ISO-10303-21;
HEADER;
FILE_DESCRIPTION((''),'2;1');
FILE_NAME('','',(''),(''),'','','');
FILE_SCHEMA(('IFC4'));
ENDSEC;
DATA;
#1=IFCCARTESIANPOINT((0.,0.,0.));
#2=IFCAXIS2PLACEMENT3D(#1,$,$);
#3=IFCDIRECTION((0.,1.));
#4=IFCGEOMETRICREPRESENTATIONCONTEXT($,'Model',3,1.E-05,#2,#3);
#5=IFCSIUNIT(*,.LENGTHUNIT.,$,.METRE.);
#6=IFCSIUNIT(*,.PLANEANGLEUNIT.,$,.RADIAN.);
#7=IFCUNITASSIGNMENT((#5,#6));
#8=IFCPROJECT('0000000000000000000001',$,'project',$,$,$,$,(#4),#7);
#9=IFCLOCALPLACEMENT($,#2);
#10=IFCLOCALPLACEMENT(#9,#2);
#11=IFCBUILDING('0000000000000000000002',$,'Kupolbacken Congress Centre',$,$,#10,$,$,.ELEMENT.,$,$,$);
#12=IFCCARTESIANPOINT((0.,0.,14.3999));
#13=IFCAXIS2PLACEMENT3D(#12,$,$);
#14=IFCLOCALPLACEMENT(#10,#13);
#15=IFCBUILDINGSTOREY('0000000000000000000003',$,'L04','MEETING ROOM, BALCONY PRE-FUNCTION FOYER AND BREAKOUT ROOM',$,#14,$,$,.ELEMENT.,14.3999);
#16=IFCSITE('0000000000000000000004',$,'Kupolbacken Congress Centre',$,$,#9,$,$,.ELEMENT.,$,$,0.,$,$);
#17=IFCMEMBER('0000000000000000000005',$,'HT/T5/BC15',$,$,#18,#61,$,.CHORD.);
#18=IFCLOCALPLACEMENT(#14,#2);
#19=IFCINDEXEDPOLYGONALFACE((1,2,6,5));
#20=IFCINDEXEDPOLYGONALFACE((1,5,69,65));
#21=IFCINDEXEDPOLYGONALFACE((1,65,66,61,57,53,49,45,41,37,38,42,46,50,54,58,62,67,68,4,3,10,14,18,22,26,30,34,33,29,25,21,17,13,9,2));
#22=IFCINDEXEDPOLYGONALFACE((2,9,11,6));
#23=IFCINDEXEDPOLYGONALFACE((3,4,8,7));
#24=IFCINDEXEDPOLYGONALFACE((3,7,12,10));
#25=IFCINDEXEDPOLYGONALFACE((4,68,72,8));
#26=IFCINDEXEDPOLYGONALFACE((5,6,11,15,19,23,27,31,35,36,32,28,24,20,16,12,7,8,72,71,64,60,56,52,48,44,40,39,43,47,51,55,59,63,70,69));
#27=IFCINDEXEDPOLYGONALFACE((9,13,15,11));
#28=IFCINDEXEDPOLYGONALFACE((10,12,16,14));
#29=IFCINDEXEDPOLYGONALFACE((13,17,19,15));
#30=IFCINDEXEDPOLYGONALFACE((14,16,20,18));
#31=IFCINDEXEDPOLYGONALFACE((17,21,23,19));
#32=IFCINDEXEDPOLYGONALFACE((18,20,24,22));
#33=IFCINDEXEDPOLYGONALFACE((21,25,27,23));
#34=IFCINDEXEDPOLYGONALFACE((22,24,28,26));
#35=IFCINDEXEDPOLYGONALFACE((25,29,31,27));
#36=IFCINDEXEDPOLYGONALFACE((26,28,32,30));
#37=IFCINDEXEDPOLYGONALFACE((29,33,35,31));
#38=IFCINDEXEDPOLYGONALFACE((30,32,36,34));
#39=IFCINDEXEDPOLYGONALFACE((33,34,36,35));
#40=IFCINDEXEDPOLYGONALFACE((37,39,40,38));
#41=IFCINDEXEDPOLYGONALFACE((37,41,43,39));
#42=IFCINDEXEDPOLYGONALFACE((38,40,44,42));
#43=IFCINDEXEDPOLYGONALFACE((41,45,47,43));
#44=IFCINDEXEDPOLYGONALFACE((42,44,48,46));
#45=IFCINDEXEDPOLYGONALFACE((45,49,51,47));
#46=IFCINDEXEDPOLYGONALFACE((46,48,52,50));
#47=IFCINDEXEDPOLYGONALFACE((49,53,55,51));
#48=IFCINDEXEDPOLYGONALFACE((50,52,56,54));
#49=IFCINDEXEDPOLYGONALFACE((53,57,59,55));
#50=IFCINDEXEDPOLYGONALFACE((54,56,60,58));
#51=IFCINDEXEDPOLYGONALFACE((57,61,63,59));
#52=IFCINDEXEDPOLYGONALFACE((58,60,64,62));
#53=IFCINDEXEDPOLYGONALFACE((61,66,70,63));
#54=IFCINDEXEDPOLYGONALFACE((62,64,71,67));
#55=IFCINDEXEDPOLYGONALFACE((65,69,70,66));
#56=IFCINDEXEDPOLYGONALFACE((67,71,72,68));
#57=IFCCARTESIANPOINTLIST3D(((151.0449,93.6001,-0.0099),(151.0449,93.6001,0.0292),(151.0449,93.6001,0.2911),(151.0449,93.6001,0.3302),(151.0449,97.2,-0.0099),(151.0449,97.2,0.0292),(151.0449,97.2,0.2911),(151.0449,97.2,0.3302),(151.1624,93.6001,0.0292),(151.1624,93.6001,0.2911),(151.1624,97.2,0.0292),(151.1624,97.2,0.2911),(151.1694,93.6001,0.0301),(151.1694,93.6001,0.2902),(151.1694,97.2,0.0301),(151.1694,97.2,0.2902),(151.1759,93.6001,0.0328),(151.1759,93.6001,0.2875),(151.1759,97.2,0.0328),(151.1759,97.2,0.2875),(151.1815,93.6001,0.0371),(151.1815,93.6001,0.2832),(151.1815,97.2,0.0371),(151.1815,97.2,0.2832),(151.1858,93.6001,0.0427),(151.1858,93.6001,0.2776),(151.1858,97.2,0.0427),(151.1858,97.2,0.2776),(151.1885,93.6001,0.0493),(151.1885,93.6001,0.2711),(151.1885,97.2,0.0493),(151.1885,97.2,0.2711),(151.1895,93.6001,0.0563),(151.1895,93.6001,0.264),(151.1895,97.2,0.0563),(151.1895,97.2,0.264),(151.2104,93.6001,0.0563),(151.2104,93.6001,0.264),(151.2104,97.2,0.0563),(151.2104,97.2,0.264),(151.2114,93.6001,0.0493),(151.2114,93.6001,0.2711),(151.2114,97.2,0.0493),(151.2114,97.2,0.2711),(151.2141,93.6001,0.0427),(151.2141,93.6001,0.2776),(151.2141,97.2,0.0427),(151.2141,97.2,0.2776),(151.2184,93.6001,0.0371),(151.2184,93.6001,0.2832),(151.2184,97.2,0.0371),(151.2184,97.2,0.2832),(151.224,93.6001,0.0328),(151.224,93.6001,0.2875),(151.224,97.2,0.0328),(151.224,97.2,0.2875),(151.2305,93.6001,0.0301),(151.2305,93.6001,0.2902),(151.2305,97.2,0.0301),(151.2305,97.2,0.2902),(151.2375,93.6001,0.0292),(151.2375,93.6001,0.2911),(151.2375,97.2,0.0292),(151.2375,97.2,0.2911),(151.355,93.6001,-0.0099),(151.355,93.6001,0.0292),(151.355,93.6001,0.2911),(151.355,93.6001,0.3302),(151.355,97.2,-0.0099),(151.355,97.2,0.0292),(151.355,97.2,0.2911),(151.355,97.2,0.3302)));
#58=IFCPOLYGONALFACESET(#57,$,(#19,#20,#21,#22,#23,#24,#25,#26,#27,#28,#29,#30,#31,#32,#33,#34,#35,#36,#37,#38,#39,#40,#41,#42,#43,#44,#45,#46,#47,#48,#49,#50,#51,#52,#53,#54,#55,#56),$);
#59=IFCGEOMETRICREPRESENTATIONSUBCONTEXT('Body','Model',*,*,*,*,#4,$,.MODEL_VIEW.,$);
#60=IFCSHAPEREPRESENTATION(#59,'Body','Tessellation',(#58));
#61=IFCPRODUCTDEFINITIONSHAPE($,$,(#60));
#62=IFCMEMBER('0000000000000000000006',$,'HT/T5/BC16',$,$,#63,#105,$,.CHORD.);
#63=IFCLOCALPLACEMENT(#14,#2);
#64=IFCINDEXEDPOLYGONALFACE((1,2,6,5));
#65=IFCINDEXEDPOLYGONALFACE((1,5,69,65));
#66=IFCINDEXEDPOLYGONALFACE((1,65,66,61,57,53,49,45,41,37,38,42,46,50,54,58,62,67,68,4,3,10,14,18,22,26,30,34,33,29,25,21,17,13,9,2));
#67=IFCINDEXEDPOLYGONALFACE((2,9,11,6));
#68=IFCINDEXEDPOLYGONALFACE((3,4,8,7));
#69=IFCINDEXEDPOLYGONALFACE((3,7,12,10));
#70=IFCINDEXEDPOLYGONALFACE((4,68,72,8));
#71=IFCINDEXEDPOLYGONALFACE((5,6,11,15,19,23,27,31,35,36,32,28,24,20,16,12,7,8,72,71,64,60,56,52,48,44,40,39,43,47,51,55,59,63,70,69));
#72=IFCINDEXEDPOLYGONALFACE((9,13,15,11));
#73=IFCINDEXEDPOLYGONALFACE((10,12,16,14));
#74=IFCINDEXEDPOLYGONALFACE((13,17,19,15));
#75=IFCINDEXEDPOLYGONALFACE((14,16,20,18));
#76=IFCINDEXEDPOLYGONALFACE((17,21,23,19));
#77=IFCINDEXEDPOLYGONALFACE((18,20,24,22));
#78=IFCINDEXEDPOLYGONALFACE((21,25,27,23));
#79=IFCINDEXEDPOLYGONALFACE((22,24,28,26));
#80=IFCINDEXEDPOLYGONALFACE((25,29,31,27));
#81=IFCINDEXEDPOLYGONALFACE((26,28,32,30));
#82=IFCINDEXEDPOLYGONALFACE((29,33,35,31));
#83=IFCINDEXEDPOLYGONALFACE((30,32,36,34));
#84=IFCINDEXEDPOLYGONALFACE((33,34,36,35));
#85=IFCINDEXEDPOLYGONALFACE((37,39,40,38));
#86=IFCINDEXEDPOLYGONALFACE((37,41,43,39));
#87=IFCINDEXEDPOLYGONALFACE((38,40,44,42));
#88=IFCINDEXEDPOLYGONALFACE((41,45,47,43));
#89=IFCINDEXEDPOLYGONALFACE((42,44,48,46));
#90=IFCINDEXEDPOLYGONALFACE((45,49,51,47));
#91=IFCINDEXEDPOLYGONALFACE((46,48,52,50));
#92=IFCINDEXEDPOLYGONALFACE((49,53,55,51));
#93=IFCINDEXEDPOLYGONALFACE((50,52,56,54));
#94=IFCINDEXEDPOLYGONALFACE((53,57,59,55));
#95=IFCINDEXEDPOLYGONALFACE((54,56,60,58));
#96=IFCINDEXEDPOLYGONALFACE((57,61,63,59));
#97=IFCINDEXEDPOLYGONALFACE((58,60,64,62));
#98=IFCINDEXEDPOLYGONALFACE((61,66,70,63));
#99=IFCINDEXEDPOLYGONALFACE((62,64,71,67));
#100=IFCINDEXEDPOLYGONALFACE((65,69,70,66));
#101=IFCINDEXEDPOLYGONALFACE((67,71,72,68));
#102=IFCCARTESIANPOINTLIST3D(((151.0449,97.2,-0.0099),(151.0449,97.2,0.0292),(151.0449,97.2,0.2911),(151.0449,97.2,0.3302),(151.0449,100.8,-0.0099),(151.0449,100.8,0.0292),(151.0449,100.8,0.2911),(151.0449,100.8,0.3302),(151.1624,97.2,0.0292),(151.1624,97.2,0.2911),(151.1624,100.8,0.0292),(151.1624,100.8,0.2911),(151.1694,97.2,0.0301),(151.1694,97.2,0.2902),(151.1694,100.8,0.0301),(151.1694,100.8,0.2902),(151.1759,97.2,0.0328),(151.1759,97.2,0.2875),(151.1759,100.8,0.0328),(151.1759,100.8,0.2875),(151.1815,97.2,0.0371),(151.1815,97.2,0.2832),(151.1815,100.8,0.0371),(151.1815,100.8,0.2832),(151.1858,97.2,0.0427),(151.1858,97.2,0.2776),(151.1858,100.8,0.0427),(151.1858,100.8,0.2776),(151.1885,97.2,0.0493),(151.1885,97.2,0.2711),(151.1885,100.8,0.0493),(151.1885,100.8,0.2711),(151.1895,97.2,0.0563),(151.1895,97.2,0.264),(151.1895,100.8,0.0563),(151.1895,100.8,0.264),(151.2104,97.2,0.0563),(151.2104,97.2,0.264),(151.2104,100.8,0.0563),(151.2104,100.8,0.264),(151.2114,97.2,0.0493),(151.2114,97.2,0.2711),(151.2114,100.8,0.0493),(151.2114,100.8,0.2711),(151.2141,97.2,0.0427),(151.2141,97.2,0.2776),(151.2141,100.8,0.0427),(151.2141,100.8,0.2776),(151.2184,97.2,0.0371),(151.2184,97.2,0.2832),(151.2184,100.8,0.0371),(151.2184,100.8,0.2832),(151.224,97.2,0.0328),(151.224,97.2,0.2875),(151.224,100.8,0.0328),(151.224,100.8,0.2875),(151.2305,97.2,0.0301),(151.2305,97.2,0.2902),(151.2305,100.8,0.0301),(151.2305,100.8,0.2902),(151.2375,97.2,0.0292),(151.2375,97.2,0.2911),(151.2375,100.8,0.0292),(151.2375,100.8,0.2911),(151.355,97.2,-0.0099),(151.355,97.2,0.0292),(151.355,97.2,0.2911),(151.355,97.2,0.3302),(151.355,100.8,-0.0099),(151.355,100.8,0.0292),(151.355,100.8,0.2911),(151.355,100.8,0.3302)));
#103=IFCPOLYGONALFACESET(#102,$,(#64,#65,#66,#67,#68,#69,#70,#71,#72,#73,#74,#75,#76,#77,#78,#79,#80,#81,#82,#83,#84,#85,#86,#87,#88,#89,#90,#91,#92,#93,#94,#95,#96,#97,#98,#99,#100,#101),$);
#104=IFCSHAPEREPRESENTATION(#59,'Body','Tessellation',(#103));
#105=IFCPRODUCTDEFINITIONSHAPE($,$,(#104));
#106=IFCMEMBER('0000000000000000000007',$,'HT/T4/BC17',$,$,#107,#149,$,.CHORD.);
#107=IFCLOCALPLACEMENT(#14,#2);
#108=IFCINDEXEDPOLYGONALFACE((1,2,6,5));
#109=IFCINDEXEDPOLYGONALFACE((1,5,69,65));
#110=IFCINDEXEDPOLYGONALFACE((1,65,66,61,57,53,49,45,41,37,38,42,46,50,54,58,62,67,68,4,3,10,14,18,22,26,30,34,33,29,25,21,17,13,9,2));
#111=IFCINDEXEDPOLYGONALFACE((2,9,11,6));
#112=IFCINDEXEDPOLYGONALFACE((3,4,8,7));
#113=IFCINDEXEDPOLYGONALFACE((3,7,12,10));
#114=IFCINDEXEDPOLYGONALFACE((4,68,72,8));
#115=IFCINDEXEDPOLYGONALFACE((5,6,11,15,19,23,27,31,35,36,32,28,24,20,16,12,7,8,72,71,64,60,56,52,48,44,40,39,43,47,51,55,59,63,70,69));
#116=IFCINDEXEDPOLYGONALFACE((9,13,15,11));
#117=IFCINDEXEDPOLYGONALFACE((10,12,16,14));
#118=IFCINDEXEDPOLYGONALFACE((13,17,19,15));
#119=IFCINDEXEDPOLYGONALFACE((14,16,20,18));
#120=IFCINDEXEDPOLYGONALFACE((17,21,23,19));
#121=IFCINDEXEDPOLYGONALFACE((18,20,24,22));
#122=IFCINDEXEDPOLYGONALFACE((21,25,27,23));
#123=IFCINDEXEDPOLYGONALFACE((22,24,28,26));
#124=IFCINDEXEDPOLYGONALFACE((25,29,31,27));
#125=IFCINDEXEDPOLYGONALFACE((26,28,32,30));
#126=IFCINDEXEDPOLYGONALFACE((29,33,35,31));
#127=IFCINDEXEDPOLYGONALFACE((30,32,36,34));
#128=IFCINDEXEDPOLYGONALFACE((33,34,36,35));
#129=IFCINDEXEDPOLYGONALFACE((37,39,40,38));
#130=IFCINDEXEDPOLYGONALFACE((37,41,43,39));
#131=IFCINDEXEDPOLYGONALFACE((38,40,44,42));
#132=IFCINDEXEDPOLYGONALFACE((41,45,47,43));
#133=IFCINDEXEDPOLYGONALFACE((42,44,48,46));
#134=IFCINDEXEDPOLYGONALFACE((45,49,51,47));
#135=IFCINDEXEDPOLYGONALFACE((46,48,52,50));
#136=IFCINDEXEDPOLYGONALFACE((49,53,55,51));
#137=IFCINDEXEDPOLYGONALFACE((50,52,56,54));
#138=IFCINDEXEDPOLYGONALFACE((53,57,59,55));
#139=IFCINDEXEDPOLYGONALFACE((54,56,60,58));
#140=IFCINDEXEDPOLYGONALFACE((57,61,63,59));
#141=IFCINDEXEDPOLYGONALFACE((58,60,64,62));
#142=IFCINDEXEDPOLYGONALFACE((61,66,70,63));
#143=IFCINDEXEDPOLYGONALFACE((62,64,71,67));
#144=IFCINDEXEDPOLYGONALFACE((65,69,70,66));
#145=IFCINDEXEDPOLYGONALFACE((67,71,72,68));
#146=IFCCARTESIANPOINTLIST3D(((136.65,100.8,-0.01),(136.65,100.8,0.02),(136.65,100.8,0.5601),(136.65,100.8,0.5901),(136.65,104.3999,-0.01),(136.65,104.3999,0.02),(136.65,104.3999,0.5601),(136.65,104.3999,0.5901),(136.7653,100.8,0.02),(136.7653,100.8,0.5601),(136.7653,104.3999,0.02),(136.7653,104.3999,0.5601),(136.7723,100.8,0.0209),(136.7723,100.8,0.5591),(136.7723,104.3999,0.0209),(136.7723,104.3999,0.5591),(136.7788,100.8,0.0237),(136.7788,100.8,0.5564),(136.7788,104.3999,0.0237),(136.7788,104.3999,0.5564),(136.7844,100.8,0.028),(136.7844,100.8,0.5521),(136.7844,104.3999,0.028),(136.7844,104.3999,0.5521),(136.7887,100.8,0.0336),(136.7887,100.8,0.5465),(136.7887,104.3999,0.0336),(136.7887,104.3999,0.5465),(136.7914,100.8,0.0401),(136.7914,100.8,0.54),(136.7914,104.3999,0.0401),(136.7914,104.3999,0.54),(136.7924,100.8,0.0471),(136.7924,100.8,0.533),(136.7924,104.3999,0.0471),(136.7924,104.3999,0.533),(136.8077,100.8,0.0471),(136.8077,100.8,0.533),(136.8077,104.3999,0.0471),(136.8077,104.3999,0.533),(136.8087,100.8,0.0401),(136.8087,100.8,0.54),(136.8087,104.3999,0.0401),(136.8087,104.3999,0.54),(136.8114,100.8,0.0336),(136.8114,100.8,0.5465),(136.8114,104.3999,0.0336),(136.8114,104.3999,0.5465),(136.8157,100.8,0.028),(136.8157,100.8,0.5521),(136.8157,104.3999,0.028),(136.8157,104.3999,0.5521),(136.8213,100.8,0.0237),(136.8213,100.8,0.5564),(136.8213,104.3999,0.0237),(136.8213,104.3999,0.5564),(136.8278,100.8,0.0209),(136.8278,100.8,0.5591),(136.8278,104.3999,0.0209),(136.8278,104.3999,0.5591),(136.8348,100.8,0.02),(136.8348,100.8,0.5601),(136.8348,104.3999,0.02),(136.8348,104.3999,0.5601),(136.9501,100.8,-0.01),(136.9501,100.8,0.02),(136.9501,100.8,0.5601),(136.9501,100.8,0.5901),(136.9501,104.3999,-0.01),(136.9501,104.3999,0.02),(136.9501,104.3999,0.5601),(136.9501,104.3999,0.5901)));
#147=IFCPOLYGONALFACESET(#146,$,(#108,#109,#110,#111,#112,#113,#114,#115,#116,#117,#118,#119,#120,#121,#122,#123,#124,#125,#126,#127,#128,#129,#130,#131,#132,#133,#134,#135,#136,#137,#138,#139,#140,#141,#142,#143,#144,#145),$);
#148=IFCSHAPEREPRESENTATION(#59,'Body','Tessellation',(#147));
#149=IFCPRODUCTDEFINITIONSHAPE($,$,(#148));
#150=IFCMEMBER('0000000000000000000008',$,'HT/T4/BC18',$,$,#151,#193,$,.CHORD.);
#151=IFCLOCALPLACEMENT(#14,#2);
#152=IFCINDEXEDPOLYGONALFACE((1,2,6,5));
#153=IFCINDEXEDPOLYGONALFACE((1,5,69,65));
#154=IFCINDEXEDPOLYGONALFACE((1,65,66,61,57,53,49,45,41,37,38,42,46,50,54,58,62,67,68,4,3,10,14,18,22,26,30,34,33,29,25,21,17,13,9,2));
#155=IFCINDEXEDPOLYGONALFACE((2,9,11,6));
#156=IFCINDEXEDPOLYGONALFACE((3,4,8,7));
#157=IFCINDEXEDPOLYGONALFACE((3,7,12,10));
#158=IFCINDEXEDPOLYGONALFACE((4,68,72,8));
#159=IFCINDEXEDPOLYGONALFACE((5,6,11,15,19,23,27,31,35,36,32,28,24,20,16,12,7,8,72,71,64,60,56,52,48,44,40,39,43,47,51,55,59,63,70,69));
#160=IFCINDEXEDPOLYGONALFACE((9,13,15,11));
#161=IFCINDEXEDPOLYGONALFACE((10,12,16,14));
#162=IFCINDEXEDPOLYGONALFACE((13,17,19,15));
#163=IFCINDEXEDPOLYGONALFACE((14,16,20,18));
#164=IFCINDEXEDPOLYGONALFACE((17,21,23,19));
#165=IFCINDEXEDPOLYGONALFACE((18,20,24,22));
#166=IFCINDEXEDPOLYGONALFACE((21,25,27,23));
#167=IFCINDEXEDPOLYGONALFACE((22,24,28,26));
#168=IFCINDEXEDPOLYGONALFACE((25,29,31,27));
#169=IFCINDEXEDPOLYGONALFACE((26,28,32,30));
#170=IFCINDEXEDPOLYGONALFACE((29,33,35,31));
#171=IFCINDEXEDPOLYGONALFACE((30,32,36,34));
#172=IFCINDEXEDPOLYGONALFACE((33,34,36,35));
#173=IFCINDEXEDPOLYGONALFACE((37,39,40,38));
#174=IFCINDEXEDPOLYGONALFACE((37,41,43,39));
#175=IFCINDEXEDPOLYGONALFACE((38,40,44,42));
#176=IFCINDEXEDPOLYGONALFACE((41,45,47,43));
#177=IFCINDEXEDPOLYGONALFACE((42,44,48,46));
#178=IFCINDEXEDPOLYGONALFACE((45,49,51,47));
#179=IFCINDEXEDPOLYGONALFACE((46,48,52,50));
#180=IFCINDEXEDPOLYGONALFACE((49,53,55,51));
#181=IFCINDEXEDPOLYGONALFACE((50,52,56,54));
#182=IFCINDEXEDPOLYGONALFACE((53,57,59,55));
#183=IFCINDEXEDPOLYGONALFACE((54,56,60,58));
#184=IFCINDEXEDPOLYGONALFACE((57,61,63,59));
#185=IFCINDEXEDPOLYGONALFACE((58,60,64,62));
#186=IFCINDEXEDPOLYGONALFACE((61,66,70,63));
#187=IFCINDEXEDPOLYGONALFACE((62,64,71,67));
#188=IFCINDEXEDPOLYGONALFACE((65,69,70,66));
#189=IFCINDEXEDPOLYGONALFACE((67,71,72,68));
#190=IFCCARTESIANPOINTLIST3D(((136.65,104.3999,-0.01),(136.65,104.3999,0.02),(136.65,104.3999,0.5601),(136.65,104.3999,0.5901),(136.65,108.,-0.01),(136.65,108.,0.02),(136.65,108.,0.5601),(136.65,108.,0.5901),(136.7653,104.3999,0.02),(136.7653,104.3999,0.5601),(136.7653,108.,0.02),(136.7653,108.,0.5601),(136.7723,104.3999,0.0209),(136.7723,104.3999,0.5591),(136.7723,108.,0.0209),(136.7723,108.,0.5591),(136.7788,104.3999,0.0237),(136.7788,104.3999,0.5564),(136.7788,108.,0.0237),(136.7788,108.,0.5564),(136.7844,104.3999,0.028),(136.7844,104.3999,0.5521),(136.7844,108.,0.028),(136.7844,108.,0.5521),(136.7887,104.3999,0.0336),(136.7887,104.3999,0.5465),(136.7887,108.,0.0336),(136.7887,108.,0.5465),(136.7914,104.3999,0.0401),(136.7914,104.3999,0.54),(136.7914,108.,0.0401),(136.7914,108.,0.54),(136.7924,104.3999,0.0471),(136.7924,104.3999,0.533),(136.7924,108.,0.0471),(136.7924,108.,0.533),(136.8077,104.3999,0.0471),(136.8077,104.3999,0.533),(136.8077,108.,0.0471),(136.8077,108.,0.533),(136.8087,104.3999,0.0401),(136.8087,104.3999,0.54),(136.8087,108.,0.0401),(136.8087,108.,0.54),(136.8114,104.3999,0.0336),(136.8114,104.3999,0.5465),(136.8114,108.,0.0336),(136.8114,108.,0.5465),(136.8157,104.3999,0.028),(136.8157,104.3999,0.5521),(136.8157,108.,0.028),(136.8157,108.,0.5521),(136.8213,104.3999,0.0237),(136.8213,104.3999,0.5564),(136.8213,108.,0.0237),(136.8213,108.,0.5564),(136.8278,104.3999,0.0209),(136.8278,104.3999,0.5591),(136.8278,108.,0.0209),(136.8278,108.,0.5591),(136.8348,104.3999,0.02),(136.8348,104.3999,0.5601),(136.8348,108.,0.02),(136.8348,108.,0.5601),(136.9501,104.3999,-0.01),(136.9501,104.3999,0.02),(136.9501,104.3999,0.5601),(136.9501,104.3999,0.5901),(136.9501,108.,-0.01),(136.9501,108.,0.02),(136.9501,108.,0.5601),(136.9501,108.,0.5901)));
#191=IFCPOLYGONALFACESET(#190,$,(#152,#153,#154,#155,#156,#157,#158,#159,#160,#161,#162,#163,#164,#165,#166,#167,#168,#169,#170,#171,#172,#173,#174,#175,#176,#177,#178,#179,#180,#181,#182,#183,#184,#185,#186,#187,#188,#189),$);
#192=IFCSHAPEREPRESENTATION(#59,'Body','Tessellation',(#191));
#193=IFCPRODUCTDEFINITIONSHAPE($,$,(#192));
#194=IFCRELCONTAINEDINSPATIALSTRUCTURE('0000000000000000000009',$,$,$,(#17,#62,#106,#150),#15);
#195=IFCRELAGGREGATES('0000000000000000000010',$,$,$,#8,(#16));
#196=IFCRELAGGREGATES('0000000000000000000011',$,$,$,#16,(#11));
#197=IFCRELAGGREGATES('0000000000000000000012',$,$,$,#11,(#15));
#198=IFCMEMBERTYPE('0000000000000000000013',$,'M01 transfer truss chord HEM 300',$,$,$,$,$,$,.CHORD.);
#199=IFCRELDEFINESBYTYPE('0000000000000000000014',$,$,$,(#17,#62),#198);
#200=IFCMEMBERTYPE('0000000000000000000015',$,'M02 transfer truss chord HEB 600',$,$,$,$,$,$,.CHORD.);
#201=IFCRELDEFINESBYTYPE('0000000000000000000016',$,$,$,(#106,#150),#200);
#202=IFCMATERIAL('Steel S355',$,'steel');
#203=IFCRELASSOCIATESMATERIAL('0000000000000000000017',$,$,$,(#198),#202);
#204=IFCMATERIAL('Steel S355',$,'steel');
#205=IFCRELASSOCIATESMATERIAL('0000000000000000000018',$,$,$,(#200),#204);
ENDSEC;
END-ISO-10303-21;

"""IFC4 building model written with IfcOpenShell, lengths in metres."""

from ifc_helpers import new_model, si_unit, direction, frame, origin, origin_2d, place, context, subcontext, project, spatial, i_section, extrude, material, material_profile, profile_set, type_object, element, save


model = new_model("IFC4")

# Units and contexts
model_context = context("Model", 3, precision=1e-05, world=origin(), true_north=direction((0.0, 1.0)))
body_context = subcontext(model_context, "Body", "Model", "MODEL_VIEW")
ifc_project = project(units=[si_unit("LENGTHUNIT", "METRE"), si_unit("PLANEANGLEUNIT", "RADIAN")], contexts=[model_context])

# Site, building, storey
site_placement = place(None, origin())
site = spatial("IfcSite", under=ifc_project, at=site_placement, Name="Kupolbacken Congress Centre", CompositionType="ELEMENT", RefElevation=0.0)
building_placement = place(site_placement, origin())
building = spatial("IfcBuilding", under=site, at=building_placement, Name="Kupolbacken Congress Centre", CompositionType="ELEMENT")
storey_placement = place(building_placement, frame((0.0, 0.0, 14.3999)))
storey = spatial("IfcBuildingStorey", under=building, at=storey_placement, Name="L04", Description="MEETING ROOM, BALCONY PRE-FUNCTION FOYER AND BREAKOUT ROOM", CompositionType="ELEMENT", Elevation=14.3999)

# Members
ifc_material_1 = material(Name="Steel S355", Category="steel")
ifc_material_profile_1 = material_profile(ifc_material_1, i_section(OverallWidth=0.3101, OverallDepth=0.3401, WebThickness=0.021, FlangeThickness=0.0391, FilletRadius=0.0271, at=origin_2d()), Name="HEM 300")
ifc_profile_set_1 = profile_set([ifc_material_profile_1], Name="Steel S355")
member_type_1 = type_object("IfcMemberType", Name="M01 transfer truss chord HEM 300", PredefinedType="CHORD", material=ifc_profile_set_1)
member_1_placement = place(storey_placement, frame((151.2, 93.6001, 0.1602), z_axis=(0.0, 1.0, 0.0), x_axis=(-1.0, 0.0, 0.0)))
element("IfcMember", 1, at=member_1_placement, inside=storey, type_object=member_type_1, Name="HT/T5/BC15", PredefinedType="CHORD", context=body_context, shape_type="SweptSolid", body=[
    extrude(i_section(OverallWidth=0.3101, OverallDepth=0.3401, WebThickness=0.021, FlangeThickness=0.0391, FilletRadius=0.0271, at=origin_2d()), origin(), (0.0, 0.0, 1.0), 3.5999),
])
member_2_placement = place(storey_placement, frame((151.2, 97.2, 0.1602), z_axis=(0.0, 1.0, 0.0), x_axis=(-1.0, 0.0, 0.0)))
element("IfcMember", 2, at=member_2_placement, inside=storey, type_object=member_type_1, Name="HT/T5/BC16", PredefinedType="CHORD", context=body_context, shape_type="SweptSolid", body=[
    extrude(i_section(OverallWidth=0.3101, OverallDepth=0.3401, WebThickness=0.021, FlangeThickness=0.0391, FilletRadius=0.0271, at=origin_2d()), origin(), (0.0, 0.0, 1.0), 3.6001),
])
ifc_material_2 = material(Name="Steel S355", Category="steel")
ifc_material_profile_2 = material_profile(ifc_material_2, i_section(OverallWidth=0.3, OverallDepth=0.6001, WebThickness=0.0154, FlangeThickness=0.03, FilletRadius=0.0271, at=origin_2d()), Name="HEB 600")
ifc_profile_set_2 = profile_set([ifc_material_profile_2], Name="Steel S355")
member_type_2 = type_object("IfcMemberType", Name="M02 transfer truss chord HEB 600", PredefinedType="CHORD", material=ifc_profile_set_2)
member_3_placement = place(storey_placement, frame((136.8, 100.8, 0.29), z_axis=(0.0, 1.0, 0.0), x_axis=(-1.0, 0.0, 0.0)))
element("IfcMember", 3, at=member_3_placement, inside=storey, type_object=member_type_2, Name="HT/T4/BC17", PredefinedType="CHORD", context=body_context, shape_type="SweptSolid", body=[
    extrude(i_section(OverallWidth=0.3, OverallDepth=0.6001, WebThickness=0.0154, FlangeThickness=0.03, FilletRadius=0.0271, at=origin_2d()), origin(), (0.0, 0.0, 1.0), 3.5999),
])
member_4_placement = place(storey_placement, frame((136.8, 104.3999, 0.29), z_axis=(0.0, 1.0, 0.0), x_axis=(-1.0, 0.0, 0.0)))
element("IfcMember", 4, at=member_4_placement, inside=storey, type_object=member_type_2, Name="HT/T4/BC18", PredefinedType="CHORD", context=body_context, shape_type="SweptSolid", body=[
    extrude(i_section(OverallWidth=0.3, OverallDepth=0.6001, WebThickness=0.0154, FlangeThickness=0.03, FilletRadius=0.0271, at=origin_2d()), origin(), (0.0, 0.0, 1.0), 3.6001),
])

save(model, "model.ifc")
